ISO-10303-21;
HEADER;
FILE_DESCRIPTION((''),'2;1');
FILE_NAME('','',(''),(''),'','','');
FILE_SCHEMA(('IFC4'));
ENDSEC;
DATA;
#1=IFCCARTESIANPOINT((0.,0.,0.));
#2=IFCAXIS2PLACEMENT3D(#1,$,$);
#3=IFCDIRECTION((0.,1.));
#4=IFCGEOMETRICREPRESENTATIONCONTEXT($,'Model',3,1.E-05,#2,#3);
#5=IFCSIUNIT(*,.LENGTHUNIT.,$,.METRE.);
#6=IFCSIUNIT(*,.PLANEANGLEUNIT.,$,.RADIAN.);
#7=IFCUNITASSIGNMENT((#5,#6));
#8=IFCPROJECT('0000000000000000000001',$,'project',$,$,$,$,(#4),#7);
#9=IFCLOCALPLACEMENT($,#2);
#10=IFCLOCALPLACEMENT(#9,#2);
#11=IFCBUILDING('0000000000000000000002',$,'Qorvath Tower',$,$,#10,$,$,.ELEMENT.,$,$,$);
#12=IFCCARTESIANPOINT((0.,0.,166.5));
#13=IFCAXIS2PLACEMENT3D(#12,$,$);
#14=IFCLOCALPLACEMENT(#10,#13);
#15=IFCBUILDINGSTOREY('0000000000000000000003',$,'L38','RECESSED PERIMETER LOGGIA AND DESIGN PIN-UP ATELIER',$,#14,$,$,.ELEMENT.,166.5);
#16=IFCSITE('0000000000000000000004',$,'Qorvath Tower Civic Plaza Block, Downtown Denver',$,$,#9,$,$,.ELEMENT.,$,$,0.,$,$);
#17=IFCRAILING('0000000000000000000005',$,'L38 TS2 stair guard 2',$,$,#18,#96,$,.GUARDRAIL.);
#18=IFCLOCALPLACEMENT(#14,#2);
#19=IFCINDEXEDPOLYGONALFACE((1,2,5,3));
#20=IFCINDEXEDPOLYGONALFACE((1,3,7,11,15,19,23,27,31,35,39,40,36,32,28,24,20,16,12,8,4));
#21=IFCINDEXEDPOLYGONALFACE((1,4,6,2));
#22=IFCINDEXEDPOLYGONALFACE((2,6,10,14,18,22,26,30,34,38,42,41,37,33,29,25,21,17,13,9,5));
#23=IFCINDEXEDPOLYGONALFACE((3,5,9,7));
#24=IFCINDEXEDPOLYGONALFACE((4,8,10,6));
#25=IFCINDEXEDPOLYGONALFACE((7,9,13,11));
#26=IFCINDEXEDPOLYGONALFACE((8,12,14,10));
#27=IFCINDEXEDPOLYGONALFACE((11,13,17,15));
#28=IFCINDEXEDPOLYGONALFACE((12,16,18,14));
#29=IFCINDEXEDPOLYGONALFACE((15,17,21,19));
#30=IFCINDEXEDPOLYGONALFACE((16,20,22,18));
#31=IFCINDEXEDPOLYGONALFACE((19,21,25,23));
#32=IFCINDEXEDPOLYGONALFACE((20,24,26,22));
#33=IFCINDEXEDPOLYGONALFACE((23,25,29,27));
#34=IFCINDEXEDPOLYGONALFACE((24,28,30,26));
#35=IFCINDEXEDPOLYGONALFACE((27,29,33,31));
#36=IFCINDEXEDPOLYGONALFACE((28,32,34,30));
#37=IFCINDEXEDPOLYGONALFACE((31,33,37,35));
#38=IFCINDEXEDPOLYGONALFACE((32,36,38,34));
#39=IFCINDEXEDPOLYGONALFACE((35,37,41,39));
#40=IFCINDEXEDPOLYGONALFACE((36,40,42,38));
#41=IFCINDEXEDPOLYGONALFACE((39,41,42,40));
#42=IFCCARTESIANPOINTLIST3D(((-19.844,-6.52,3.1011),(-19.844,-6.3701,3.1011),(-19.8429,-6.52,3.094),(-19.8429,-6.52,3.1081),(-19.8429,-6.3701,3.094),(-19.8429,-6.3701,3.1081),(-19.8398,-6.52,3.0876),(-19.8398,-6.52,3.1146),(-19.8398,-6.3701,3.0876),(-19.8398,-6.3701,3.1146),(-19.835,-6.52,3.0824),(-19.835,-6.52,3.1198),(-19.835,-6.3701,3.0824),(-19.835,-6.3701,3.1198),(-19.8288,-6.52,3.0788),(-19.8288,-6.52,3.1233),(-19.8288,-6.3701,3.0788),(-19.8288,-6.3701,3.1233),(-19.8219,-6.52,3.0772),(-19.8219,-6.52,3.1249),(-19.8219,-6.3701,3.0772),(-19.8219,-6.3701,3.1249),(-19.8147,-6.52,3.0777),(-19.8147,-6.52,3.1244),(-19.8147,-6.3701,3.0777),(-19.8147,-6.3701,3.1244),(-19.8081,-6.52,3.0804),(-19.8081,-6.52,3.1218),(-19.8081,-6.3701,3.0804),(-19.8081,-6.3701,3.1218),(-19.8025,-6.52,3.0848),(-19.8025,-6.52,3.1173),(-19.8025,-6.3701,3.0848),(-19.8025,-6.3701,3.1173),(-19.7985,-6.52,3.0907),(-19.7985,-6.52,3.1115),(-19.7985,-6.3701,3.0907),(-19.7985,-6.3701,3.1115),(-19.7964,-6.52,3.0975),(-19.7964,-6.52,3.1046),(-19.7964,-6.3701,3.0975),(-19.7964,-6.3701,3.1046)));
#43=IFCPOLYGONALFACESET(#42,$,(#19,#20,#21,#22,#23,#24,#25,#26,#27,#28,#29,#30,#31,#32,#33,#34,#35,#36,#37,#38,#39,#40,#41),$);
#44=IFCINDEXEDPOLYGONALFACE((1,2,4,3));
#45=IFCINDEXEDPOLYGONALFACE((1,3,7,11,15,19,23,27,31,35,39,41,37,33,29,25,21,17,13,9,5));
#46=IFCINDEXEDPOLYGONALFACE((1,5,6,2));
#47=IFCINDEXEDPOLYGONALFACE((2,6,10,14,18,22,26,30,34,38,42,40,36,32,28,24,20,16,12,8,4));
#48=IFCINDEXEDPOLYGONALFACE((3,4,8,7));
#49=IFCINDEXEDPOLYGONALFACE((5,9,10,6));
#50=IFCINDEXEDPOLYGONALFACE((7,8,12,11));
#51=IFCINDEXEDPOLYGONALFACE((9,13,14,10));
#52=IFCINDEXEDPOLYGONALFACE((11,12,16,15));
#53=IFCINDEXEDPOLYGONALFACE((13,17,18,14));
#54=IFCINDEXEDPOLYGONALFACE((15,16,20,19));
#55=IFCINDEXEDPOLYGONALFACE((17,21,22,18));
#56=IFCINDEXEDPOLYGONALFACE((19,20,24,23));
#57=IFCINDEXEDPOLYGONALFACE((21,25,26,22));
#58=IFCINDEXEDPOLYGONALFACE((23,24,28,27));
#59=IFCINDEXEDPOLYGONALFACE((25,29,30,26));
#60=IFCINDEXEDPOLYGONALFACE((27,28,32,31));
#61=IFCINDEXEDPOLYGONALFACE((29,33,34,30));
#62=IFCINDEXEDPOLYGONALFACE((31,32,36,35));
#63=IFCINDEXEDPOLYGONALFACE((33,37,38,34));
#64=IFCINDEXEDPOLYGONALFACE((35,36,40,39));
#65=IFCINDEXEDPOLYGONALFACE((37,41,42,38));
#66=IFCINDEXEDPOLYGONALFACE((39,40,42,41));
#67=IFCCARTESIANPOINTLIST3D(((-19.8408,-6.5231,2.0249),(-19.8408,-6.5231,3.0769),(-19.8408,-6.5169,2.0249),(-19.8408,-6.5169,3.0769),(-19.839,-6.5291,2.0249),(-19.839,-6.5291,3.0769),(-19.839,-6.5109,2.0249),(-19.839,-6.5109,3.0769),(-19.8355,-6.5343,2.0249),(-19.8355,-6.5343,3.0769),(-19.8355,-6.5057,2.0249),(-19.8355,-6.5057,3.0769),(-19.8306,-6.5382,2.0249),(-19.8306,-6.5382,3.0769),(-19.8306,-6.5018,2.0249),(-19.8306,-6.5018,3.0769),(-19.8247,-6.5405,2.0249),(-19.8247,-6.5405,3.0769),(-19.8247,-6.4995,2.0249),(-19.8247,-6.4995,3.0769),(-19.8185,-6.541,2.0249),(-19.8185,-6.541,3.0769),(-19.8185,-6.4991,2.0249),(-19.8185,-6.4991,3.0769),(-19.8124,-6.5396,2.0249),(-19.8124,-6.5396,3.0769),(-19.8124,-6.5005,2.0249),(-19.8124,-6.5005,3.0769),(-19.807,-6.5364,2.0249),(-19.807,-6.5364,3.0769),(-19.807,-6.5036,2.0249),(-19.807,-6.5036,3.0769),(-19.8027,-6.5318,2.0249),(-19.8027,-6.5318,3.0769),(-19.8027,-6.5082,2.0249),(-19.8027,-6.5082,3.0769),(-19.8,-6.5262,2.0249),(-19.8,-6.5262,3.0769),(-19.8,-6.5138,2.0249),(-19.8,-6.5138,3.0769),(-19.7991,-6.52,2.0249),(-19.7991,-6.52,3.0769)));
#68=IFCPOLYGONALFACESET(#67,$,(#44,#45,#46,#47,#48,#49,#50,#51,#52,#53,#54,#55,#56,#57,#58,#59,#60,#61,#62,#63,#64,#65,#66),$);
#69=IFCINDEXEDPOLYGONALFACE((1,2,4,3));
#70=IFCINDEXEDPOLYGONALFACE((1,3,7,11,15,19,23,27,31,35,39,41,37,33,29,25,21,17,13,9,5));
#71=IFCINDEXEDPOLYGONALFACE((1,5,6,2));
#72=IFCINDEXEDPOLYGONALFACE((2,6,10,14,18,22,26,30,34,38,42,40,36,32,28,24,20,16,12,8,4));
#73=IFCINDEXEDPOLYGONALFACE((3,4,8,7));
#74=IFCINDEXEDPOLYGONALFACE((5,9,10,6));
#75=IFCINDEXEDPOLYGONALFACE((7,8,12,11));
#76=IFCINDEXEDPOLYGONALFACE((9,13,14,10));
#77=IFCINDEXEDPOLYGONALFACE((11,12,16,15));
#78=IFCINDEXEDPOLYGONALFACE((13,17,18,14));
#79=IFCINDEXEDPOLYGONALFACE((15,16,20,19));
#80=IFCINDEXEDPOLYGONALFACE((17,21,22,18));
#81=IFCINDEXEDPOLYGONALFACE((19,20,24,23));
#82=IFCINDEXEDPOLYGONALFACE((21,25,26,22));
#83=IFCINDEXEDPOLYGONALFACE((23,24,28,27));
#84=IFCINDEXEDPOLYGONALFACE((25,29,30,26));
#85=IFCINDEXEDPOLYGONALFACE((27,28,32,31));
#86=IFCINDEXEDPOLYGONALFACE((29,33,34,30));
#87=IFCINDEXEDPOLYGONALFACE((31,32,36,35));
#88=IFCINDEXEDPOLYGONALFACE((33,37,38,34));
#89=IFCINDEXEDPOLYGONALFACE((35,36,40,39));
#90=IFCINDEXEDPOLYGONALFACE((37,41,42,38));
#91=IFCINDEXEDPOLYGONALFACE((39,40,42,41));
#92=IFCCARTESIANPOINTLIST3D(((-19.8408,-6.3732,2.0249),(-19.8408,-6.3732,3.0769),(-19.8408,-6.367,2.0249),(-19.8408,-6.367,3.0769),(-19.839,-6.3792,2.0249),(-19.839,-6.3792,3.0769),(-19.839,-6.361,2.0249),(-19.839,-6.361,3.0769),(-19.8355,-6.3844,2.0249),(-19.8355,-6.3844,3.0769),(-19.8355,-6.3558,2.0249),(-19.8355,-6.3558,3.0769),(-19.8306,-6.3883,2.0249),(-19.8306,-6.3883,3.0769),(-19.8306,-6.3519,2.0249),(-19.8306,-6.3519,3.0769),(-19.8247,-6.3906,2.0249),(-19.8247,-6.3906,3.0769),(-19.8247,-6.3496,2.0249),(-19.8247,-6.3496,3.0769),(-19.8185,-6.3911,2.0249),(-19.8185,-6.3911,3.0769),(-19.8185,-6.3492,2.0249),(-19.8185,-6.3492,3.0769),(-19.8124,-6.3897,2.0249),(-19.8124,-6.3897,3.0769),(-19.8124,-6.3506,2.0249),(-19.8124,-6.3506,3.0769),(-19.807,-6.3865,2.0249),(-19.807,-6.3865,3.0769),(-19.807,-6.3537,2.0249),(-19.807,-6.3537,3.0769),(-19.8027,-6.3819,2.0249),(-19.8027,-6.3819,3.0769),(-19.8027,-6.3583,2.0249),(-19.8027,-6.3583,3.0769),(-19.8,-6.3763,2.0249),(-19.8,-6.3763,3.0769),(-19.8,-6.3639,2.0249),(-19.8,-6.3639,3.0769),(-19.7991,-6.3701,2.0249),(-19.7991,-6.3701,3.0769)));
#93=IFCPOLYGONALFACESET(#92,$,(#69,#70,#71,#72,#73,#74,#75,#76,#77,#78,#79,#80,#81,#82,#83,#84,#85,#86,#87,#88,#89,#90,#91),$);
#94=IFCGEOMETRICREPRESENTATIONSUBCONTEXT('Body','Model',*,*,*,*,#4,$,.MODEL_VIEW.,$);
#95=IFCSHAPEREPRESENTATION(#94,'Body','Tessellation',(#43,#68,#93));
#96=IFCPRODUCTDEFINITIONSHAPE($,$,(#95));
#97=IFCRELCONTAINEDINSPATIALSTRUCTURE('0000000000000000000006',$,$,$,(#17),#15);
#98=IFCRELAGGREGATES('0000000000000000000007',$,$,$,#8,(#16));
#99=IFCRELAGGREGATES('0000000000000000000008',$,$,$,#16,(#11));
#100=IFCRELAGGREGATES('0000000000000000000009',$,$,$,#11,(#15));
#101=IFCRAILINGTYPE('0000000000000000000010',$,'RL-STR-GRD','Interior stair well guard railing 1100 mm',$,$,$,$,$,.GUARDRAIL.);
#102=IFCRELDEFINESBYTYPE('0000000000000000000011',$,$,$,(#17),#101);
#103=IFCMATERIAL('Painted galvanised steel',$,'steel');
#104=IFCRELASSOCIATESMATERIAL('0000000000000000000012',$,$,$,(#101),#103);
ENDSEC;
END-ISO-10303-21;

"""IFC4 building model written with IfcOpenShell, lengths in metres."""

from ifc_helpers import new_model, si_unit, direction, frame, origin, origin_2d, place, context, subcontext, project, spatial, circle, extrude, material, type_object, element, save


model = new_model("IFC4")

# Units and contexts
model_context = context("Model", 3, precision=1e-05, world=origin(), true_north=direction((0.0, 1.0)))
body_context = subcontext(model_context, "Body", "Model", "MODEL_VIEW")
ifc_project = project(units=[si_unit("LENGTHUNIT", "METRE"), si_unit("PLANEANGLEUNIT", "RADIAN")], contexts=[model_context])

# Site, building, storey
site_placement = place(None, origin())
site = spatial("IfcSite", under=ifc_project, at=site_placement, Name="Qorvath Tower Civic Plaza Block, Downtown Denver", CompositionType="ELEMENT", RefElevation=0.0)
building_placement = place(site_placement, origin())
building = spatial("IfcBuilding", under=site, at=building_placement, Name="Qorvath Tower", CompositionType="ELEMENT")
storey_placement = place(building_placement, frame((0.0, 0.0, 166.5)))
storey = spatial("IfcBuildingStorey", under=building, at=storey_placement, Name="L38", Description="RECESSED PERIMETER LOGGIA AND DESIGN PIN-UP ATELIER", CompositionType="ELEMENT", Elevation=166.5)

# Railing
ifc_material_1 = material(Name="Painted galvanised steel", Category="steel")
railing_type_1 = type_object("IfcRailingType", Name="RL-STR-GRD", Description="Interior stair well guard railing 1100 mm", PredefinedType="GUARDRAIL", material=ifc_material_1)
railing_1_placement = place(storey_placement, frame((-19.8201, -6.52, 2.0249)))
element("IfcRailing", 1, at=railing_1_placement, inside=storey, type_object=railing_type_1, Name="L38 TS2 stair guard 2", PredefinedType="GUARDRAIL", context=body_context, shape_type="SweptSolid", body=[
    extrude(circle(Radius=0.0239, at=origin_2d()), frame((0.0, 0.0, 1.0762), z_axis=(0.0, 1.0, 0.0), x_axis=(-1.0, 0.0, 0.0)), (0.0, 0.0, 1.0), 0.1499),
    extrude(circle(Radius=0.021, at=origin_2d()), origin(), (0.0, 0.0, 1.0), 1.052),
    extrude(circle(Radius=0.021, at=origin_2d()), frame((0.0, 0.1499, 0.0)), (0.0, 0.0, 1.0), 1.052),
])

save(model, "model.ifc")
